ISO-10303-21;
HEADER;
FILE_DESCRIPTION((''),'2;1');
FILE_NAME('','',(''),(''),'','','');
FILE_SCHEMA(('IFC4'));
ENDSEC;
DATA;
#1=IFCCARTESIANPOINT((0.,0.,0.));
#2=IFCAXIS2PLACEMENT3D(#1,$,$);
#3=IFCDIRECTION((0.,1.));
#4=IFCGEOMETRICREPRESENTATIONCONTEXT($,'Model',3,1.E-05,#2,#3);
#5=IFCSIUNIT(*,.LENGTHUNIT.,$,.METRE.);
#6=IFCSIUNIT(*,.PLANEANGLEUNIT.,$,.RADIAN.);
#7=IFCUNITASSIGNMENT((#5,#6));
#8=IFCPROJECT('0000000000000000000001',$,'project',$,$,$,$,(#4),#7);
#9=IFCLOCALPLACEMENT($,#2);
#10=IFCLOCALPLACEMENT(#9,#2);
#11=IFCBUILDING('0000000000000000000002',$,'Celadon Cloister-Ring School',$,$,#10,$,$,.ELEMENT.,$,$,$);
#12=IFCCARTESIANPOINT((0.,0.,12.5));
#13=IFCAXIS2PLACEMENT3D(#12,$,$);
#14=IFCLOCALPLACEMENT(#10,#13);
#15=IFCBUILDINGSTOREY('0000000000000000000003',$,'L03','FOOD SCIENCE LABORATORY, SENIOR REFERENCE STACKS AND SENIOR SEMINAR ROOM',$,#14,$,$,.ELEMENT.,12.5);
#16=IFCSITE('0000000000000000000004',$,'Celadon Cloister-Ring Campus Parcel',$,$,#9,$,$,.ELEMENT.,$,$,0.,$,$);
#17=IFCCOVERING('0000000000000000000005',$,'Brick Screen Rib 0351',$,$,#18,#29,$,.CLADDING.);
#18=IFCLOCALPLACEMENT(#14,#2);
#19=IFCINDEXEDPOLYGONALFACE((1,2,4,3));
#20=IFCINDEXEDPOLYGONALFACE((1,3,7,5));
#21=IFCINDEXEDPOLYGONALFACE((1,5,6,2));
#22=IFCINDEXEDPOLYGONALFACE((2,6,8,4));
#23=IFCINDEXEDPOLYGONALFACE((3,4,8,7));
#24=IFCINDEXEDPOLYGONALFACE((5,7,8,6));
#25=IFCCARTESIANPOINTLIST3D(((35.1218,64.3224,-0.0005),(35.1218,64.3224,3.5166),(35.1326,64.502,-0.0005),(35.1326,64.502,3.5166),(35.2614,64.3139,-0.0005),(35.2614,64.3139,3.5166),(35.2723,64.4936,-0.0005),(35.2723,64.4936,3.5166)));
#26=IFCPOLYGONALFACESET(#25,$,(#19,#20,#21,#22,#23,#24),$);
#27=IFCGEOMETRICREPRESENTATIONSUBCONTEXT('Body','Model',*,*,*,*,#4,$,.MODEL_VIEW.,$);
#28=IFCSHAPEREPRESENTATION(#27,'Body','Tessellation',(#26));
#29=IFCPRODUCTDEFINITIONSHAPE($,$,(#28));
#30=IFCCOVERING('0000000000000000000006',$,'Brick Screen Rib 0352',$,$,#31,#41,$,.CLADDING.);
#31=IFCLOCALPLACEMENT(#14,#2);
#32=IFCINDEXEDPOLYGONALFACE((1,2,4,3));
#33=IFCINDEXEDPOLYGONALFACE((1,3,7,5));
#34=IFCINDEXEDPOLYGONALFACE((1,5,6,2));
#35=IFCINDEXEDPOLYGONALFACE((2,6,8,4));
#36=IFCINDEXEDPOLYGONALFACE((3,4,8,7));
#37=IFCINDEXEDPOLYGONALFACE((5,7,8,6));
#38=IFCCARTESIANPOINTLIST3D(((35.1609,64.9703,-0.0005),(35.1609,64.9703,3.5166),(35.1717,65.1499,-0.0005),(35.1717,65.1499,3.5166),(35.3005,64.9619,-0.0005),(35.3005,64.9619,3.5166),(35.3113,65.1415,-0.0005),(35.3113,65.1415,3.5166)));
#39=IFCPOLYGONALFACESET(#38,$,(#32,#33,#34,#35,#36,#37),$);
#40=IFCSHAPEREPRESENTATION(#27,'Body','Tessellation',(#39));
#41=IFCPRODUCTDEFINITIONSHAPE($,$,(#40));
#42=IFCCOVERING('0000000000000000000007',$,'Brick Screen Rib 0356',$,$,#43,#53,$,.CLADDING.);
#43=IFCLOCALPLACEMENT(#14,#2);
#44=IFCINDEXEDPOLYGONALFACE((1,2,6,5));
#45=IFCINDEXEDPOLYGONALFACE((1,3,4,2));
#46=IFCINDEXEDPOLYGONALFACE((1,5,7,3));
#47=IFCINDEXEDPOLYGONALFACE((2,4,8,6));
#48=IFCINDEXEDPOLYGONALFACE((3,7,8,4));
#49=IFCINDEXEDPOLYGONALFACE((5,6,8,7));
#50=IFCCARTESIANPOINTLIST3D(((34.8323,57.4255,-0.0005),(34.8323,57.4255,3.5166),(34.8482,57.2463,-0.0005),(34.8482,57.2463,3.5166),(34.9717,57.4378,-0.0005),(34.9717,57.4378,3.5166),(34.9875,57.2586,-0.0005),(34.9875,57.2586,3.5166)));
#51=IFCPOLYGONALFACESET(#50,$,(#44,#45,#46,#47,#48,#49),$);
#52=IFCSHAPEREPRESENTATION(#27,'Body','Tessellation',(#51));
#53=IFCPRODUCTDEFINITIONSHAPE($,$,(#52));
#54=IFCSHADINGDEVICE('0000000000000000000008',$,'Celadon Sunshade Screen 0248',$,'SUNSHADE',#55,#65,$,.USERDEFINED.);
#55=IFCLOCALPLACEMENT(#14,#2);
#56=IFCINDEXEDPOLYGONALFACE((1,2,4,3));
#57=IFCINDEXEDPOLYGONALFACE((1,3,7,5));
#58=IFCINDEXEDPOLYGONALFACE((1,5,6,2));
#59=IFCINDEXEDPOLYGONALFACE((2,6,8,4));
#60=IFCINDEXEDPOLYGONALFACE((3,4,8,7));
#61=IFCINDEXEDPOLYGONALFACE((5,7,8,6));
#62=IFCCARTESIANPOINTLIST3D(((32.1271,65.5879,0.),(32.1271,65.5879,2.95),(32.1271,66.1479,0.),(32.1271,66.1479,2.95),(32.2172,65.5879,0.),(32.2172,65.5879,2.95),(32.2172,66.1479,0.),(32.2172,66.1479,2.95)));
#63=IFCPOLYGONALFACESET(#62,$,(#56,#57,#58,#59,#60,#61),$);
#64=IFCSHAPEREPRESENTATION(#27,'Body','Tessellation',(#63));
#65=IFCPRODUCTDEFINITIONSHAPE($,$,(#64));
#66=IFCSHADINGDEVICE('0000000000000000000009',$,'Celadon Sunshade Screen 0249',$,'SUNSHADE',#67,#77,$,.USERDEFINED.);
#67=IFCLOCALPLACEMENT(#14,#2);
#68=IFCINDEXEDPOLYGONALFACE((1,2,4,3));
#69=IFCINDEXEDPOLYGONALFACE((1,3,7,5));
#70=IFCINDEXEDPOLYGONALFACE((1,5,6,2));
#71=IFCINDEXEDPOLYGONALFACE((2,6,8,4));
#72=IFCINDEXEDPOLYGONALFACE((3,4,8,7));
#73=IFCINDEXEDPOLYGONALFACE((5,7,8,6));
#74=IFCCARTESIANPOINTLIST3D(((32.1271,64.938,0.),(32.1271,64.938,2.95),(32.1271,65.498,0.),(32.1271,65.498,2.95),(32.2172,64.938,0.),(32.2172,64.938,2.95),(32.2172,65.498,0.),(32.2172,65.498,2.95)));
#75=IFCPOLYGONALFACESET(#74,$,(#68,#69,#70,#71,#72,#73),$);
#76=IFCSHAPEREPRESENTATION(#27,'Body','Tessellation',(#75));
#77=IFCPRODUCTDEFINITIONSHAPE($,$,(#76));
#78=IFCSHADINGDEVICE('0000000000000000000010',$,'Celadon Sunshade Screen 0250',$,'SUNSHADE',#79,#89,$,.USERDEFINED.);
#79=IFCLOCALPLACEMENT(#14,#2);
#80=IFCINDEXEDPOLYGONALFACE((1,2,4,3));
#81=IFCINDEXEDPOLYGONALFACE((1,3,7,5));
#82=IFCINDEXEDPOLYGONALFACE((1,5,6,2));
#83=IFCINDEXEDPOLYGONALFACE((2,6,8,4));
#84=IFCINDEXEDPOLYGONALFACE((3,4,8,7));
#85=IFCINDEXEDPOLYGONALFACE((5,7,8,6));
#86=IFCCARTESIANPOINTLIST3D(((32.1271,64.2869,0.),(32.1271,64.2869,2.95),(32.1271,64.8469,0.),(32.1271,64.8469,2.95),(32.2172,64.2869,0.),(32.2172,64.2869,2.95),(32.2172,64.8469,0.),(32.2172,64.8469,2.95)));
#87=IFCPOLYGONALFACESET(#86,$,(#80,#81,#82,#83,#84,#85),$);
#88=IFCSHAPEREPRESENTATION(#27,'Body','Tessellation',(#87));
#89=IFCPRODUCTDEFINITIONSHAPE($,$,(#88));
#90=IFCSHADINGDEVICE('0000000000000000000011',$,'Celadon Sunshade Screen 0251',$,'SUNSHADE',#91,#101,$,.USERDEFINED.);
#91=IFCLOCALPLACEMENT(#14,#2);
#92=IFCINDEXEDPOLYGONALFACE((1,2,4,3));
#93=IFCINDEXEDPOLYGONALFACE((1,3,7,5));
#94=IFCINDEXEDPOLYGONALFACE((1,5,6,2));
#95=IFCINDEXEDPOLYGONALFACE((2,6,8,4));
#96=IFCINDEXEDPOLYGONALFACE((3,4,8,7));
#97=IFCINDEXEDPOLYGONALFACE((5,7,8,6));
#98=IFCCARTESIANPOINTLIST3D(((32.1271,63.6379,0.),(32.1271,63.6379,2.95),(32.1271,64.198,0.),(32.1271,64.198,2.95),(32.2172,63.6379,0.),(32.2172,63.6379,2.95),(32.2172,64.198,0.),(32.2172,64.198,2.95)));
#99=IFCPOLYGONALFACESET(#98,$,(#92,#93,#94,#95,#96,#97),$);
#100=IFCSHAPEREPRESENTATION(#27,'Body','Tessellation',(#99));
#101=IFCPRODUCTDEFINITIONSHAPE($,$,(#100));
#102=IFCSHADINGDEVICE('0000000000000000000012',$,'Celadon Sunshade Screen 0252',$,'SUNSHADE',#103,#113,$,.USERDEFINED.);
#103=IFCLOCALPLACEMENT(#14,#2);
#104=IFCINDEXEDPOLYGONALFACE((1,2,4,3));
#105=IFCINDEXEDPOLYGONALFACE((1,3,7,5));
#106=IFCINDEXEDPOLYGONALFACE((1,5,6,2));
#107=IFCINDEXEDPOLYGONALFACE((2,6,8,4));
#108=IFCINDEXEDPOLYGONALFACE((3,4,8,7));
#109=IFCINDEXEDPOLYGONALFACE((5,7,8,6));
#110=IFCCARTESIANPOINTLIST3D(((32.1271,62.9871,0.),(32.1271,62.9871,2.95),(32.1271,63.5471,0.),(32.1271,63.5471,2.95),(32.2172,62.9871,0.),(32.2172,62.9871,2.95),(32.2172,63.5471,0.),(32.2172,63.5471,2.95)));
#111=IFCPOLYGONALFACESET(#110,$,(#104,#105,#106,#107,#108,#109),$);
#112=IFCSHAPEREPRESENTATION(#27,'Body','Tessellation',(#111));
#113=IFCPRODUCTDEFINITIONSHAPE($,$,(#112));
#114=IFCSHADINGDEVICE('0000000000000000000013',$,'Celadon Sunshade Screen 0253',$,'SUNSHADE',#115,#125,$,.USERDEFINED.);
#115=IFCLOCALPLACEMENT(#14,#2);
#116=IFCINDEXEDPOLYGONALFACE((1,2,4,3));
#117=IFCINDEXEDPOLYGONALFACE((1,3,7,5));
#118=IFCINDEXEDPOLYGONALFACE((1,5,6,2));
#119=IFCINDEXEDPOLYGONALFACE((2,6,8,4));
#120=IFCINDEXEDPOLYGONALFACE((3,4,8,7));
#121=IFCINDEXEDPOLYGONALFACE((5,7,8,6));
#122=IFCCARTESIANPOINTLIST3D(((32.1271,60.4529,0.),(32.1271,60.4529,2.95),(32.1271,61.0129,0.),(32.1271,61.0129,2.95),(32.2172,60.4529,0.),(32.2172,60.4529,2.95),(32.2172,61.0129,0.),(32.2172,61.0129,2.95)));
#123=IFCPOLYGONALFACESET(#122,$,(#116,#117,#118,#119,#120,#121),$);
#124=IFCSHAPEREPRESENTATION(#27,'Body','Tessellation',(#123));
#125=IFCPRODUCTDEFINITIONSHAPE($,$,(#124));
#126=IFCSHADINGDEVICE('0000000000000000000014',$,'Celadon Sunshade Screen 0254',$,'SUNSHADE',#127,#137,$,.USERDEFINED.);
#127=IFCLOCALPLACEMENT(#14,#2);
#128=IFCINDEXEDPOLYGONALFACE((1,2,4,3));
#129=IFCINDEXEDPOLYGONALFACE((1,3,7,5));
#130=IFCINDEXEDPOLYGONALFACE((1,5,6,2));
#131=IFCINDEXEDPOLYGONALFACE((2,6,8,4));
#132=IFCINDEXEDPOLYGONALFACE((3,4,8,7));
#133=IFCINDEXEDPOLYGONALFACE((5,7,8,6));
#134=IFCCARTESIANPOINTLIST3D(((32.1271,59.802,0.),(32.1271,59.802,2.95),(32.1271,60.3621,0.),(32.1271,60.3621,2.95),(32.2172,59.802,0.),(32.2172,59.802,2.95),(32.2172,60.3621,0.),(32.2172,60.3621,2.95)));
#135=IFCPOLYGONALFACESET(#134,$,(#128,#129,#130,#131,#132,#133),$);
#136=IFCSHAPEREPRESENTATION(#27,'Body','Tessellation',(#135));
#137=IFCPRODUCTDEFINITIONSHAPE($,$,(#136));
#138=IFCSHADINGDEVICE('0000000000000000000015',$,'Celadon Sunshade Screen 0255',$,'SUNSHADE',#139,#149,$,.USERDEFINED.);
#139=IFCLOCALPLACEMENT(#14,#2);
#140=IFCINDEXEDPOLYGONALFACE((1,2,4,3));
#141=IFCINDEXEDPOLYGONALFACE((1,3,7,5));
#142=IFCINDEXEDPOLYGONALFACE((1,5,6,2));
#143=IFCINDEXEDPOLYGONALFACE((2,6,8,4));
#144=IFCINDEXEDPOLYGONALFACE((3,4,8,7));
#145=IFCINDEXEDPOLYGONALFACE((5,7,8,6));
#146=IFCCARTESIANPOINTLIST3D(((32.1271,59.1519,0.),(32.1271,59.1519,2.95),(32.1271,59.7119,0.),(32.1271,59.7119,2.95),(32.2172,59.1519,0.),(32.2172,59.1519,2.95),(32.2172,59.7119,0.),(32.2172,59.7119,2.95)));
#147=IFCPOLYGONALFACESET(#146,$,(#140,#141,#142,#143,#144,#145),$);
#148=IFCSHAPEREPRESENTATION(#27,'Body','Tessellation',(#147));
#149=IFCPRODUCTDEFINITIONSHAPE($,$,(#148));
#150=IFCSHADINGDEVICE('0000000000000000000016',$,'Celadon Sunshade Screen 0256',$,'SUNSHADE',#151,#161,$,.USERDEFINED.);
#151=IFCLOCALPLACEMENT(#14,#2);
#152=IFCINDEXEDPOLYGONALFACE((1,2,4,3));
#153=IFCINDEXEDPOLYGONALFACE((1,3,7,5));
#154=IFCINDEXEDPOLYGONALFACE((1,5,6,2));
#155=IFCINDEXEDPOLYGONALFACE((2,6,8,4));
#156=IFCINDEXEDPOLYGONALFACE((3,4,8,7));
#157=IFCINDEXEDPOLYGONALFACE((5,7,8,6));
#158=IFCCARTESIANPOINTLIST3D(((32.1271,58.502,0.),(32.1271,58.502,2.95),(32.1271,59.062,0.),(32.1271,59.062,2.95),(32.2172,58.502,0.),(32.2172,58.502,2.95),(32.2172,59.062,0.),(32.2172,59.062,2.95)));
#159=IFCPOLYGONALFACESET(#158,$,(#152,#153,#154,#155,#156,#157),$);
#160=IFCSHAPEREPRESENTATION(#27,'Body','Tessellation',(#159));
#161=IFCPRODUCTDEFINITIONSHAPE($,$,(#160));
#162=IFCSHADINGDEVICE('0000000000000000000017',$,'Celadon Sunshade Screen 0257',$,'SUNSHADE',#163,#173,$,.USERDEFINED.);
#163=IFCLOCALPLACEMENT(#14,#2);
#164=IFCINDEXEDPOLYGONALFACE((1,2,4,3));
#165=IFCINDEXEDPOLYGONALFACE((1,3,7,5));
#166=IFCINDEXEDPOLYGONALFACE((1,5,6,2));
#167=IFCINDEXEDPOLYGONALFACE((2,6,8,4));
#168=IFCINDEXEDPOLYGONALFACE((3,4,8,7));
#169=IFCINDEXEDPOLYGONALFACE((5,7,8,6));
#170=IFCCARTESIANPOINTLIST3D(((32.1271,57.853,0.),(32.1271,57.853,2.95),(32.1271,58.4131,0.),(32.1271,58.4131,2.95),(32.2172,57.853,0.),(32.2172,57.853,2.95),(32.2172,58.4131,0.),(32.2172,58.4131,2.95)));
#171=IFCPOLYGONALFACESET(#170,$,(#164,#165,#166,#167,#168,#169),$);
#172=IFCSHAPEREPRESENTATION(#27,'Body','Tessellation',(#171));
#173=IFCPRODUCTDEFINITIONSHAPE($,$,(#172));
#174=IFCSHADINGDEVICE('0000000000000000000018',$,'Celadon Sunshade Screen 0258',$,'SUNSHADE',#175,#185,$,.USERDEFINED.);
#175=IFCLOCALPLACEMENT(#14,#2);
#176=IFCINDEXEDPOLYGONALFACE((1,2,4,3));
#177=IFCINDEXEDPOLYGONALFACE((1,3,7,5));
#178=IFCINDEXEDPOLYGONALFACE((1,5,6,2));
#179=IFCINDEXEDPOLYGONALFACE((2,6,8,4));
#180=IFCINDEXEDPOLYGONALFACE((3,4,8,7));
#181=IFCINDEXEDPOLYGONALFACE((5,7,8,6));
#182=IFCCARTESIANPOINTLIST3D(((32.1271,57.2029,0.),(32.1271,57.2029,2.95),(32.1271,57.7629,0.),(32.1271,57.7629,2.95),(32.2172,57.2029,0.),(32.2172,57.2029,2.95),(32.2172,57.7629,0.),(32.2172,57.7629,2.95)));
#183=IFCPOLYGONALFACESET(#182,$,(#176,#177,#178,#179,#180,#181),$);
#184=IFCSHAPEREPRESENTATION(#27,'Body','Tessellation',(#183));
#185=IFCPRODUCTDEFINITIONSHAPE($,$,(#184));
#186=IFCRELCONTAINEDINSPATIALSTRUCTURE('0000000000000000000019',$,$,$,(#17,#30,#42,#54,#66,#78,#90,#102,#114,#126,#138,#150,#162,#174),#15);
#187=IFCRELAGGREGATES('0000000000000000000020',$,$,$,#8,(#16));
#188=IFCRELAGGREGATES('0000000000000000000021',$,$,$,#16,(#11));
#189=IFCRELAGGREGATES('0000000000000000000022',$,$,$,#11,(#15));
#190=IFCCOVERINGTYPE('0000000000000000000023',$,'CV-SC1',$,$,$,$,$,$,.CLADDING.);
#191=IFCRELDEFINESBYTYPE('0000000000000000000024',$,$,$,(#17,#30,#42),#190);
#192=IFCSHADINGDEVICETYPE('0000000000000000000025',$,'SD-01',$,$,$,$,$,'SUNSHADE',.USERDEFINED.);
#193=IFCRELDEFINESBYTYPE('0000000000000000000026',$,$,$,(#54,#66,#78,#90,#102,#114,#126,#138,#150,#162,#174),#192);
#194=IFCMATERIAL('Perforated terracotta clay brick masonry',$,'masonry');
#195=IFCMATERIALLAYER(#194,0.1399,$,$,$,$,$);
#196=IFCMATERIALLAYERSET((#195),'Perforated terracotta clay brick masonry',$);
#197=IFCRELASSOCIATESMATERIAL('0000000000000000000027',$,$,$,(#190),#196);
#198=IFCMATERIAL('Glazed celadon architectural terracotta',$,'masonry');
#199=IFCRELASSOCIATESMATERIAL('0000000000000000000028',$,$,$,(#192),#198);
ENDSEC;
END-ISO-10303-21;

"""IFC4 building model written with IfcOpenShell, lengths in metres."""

from ifc_helpers import new_model, si_unit, direction, frame, origin, origin_2d, place, context, subcontext, project, spatial, rectangle, extrude, material, layer, layer_set, type_object, element, save


model = new_model("IFC4")

# Units and contexts
model_context = context("Model", 3, precision=1e-05, world=origin(), true_north=direction((0.0, 1.0)))
body_context = subcontext(model_context, "Body", "Model", "MODEL_VIEW")
ifc_project = project(units=[si_unit("LENGTHUNIT", "METRE"), si_unit("PLANEANGLEUNIT", "RADIAN")], contexts=[model_context])

# Site, building, storey
site_placement = place(None, origin())
site = spatial("IfcSite", under=ifc_project, at=site_placement, Name="Celadon Cloister-Ring Campus Parcel", CompositionType="ELEMENT", RefElevation=0.0)
building_placement = place(site_placement, origin())
building = spatial("IfcBuilding", under=site, at=building_placement, Name="Celadon Cloister-Ring School", CompositionType="ELEMENT")
storey_placement = place(building_placement, frame((0.0, 0.0, 12.5)))
storey = spatial("IfcBuildingStorey", under=building, at=storey_placement, Name="L03", Description="FOOD SCIENCE LABORATORY, SENIOR REFERENCE STACKS AND SENIOR SEMINAR ROOM", CompositionType="ELEMENT", Elevation=12.5)

# Coverings
ifc_material_1 = material(Name="Perforated terracotta clay brick masonry", Category="masonry")
ifc_layer_1 = layer(ifc_material_1, 0.1399)
ifc_layer_set_1 = layer_set([ifc_layer_1], Name="Perforated terracotta clay brick masonry")
covering_type = type_object("IfcCoveringType", Name="CV-SC1", PredefinedType="CLADDING", material=ifc_layer_set_1)
for number, where, z_axis, x_axis, name in (
    (1, (35.197, 64.408, -0.0005), (0.0, 0.0, 1.0), (0.060143, 0.99819, 0.0), "Brick Screen Rib 0351"),
    (2, (35.2361, 65.0559, -0.0005), (0.0, 0.0, 1.0), (0.060143, 0.99819, 0.0), "Brick Screen Rib 0352"),
    (3, (34.9099, 57.342, -0.0005), (0.0, 0.0, 1.0), (-0.087973, 0.996123, 0.0), "Brick Screen Rib 0356"),
):
    element("IfcCovering", number, at=place(storey_placement, frame(where, z_axis=z_axis, x_axis=x_axis)), inside=storey, type_object=covering_type, Name=name, PredefinedType="CLADDING", context=body_context, shape_type="SweptSolid", body=[
        extrude(rectangle(XDim=0.1799, YDim=0.1399, at=origin_2d()), origin(), (0.0, 0.0, 1.0), 3.5171),
    ])

# Shading devices
ifc_material_2 = material(Name="Glazed celadon architectural terracotta", Category="masonry")
shading_device_type = type_object("IfcShadingDeviceType", Name="SD-01", ElementType="SUNSHADE", PredefinedType="USERDEFINED", material=ifc_material_2)
for number, where, z_axis, x_axis, name in (
    (4, (32.1721, 65.8679, 0.0), (0.0, 0.0, 1.0), (0.0, -1.0, 0.0), "Celadon Sunshade Screen 0248"),
    (5, (32.1721, 65.218, 0.0), (0.0, 0.0, 1.0), (0.0, -1.0, 0.0), "Celadon Sunshade Screen 0249"),
    (6, (32.1721, 64.5669, 0.0), (0.0, 0.0, 1.0), (0.0, -1.0, 0.0), "Celadon Sunshade Screen 0250"),
    (7, (32.1721, 63.918, 0.0), (0.0, 0.0, 1.0), (0.0, -1.0, 0.0), "Celadon Sunshade Screen 0251"),
    (8, (32.1721, 63.2671, 0.0), (0.0, 0.0, 1.0), (0.0, -1.0, 0.0), "Celadon Sunshade Screen 0252"),
    (9, (32.1721, 60.7329, 0.0), (0.0, 0.0, 1.0), (0.0, -1.0, 0.0), "Celadon Sunshade Screen 0253"),
    (10, (32.1721, 60.082, 0.0), (0.0, 0.0, 1.0), (0.0, -1.0, 0.0), "Celadon Sunshade Screen 0254"),
    (11, (32.1721, 59.4319, 0.0), (0.0, 0.0, 1.0), (0.0, -1.0, 0.0), "Celadon Sunshade Screen 0255"),
    (12, (32.1721, 58.782, 0.0), (0.0, 0.0, 1.0), (0.0, -1.0, 0.0), "Celadon Sunshade Screen 0256"),
    (13, (32.1721, 58.1331, 0.0), (0.0, 0.0, 1.0), (0.0, -1.0, 0.0), "Celadon Sunshade Screen 0257"),
    (14, (32.1721, 57.4829, 0.0), (0.0, 0.0, 1.0), (0.0, -1.0, 0.0), "Celadon Sunshade Screen 0258"),
):
    element("IfcShadingDevice", number, at=place(storey_placement, frame(where, z_axis=z_axis, x_axis=x_axis)), inside=storey, type_object=shading_device_type, Name=name, ObjectType="SUNSHADE", PredefinedType="USERDEFINED", context=body_context, shape_type="SweptSolid", body=[
        extrude(rectangle(XDim=0.5601, YDim=0.0901, at=origin_2d()), origin(), (0.0, 0.0, 1.0), 2.95),
    ])

save(model, "model.ifc")
